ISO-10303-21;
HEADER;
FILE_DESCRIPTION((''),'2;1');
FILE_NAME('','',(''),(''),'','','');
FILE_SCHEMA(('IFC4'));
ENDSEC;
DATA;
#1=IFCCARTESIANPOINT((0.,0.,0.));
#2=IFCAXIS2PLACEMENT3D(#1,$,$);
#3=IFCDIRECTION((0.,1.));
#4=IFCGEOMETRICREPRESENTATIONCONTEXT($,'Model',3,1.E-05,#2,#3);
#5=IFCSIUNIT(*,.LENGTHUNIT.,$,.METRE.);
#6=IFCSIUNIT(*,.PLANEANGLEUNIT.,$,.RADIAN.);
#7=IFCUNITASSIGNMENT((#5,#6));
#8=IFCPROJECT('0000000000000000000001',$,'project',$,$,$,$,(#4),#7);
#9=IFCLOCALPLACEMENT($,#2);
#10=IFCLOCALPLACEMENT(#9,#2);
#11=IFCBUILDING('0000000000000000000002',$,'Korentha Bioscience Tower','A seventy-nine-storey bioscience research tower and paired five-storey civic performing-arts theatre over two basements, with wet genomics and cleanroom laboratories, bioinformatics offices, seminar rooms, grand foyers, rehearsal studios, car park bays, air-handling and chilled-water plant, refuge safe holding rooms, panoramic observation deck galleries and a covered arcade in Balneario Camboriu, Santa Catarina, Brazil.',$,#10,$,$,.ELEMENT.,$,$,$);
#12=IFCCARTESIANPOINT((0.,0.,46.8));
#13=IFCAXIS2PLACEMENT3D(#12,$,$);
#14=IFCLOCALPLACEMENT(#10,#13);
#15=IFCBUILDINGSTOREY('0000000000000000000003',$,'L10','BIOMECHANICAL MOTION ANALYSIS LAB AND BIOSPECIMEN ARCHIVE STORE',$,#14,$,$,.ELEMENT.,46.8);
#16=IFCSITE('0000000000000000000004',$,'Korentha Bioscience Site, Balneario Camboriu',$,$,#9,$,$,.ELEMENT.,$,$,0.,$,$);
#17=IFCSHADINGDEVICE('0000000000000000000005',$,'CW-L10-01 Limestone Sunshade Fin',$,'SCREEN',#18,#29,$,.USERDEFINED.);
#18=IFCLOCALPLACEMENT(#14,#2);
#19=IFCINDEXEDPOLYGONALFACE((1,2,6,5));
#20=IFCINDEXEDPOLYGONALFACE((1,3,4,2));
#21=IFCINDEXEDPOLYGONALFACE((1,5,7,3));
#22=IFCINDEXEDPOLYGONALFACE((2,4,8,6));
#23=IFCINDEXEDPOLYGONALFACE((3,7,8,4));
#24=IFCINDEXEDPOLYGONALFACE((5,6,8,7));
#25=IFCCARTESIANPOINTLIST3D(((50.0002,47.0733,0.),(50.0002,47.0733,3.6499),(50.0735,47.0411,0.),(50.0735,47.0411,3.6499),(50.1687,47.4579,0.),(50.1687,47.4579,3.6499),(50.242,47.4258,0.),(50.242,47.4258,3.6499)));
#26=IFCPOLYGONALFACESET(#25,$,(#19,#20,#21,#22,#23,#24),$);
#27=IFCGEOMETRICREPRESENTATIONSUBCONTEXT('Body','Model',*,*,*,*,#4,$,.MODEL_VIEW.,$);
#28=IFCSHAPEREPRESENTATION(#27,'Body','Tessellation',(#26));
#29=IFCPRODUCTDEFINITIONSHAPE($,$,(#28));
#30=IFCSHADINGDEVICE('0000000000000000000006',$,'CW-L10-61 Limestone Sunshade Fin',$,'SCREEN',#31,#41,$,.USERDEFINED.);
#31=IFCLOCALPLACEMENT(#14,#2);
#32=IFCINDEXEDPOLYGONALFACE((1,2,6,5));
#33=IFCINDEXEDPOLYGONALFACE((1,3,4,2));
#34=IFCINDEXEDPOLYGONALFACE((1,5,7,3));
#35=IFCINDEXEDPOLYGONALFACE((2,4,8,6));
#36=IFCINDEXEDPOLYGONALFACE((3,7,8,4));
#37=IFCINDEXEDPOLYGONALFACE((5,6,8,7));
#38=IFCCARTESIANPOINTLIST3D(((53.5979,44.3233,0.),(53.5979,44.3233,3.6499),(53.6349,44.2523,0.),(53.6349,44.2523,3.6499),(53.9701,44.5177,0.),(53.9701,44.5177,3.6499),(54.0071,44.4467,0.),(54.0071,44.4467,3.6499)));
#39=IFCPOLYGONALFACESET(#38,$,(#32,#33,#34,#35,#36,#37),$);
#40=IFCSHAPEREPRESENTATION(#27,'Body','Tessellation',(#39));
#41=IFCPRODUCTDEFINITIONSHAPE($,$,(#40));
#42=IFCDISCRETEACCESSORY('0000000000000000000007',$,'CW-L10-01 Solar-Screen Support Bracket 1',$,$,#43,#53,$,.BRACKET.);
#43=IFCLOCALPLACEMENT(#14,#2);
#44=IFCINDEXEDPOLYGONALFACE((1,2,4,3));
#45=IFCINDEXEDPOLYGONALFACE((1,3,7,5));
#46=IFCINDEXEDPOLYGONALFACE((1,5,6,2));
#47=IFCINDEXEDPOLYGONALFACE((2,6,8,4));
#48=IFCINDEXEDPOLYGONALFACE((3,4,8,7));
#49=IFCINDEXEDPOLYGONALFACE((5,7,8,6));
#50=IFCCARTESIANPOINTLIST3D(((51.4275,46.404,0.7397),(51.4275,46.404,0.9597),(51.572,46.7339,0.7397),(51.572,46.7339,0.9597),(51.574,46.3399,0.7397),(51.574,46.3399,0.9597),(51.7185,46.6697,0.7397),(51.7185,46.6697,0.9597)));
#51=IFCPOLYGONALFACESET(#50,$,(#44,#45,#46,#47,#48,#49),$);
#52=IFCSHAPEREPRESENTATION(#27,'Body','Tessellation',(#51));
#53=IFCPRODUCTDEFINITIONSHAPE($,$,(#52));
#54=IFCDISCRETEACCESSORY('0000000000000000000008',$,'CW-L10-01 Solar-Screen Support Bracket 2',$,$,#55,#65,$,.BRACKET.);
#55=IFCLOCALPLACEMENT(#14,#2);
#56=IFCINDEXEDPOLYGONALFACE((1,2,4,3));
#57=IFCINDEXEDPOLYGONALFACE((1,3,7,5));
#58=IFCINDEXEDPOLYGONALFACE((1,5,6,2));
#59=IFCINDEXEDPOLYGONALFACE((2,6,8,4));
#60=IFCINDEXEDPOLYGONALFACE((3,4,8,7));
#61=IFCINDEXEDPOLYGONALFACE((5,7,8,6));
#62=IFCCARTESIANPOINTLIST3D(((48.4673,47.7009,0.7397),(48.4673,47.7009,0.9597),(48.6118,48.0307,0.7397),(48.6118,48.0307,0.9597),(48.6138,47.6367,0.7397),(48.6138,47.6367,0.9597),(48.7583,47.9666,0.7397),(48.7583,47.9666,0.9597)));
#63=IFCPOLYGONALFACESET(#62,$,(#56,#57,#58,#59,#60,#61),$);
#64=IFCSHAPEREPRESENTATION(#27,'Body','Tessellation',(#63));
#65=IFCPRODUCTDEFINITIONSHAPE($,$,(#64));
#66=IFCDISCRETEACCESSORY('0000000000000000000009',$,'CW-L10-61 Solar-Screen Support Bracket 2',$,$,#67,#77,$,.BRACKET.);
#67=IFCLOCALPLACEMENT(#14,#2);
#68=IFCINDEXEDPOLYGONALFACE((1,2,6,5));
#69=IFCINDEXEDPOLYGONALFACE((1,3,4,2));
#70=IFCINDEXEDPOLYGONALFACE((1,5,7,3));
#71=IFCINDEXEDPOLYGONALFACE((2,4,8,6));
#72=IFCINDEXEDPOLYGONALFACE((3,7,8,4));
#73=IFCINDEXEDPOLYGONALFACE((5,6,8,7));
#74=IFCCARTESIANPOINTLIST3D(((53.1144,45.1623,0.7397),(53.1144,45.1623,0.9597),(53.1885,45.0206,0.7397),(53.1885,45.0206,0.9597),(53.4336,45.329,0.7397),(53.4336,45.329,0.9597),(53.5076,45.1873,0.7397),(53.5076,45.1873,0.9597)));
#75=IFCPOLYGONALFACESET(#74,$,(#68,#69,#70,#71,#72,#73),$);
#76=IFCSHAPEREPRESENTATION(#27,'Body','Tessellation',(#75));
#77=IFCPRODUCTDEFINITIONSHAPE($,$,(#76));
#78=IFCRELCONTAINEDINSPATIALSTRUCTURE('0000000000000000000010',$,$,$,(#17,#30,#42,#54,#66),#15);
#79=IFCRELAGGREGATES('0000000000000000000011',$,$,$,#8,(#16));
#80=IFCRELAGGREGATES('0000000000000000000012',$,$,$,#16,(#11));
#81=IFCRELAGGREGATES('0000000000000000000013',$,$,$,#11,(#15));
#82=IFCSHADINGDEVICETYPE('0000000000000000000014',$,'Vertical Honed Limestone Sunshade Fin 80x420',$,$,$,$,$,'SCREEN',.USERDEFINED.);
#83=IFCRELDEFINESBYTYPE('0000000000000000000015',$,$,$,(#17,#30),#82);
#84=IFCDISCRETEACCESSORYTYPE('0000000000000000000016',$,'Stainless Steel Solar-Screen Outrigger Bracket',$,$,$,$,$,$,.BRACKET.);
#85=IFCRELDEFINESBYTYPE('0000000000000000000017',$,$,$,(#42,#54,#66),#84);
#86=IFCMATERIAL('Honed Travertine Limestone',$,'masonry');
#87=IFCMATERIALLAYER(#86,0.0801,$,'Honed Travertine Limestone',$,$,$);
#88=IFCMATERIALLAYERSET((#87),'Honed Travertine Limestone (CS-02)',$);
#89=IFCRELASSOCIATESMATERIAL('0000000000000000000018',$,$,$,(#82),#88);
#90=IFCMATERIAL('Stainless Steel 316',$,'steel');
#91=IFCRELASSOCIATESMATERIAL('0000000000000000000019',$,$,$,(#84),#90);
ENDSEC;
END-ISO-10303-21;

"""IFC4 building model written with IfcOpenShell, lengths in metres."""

from ifc_helpers import new_model, si_unit, direction, frame, origin, origin_2d, place, context, subcontext, project, spatial, rectangle, extrude, material, layer, layer_set, type_object, element, save


model = new_model("IFC4")

# Units and contexts
model_context = context("Model", 3, precision=1e-05, world=origin(), true_north=direction((0.0, 1.0)))
body_context = subcontext(model_context, "Body", "Model", "MODEL_VIEW")
ifc_project = project(units=[si_unit("LENGTHUNIT", "METRE"), si_unit("PLANEANGLEUNIT", "RADIAN")], contexts=[model_context])

# Site, building, storey
site_placement = place(None, origin())
site = spatial("IfcSite", under=ifc_project, at=site_placement, Name="Korentha Bioscience Site, Balneario Camboriu", CompositionType="ELEMENT", RefElevation=0.0)
building_placement = place(site_placement, origin())
building = spatial("IfcBuilding", under=site, at=building_placement, Name="Korentha Bioscience Tower", Description="A seventy-nine-storey bioscience research tower and paired five-storey civic performing-arts theatre over two basements, with wet genomics and cleanroom laboratories, bioinformatics offices, seminar rooms, grand foyers, rehearsal studios, car park bays, air-handling and chilled-water plant, refuge safe holding rooms, panoramic observation deck galleries and a covered arcade in Balneario Camboriu, Santa Catarina, Brazil.", CompositionType="ELEMENT")
storey_placement = place(building_placement, frame((0.0, 0.0, 46.8)))
storey = spatial("IfcBuildingStorey", under=building, at=storey_placement, Name="L10", Description="BIOMECHANICAL MOTION ANALYSIS LAB AND BIOSPECIMEN ARCHIVE STORE", CompositionType="ELEMENT", Elevation=46.8)

# Shading devices
ifc_material_1 = material(Name="Honed Travertine Limestone", Category="masonry")
ifc_layer_1 = layer(ifc_material_1, 0.0801, Name="Honed Travertine Limestone")
ifc_layer_set_1 = layer_set([ifc_layer_1], Name="Honed Travertine Limestone (CS-02)")
shading_device_type_1 = type_object("IfcShadingDeviceType", Name="Vertical Honed Limestone Sunshade Fin 80x420", ElementType="SCREEN", PredefinedType="USERDEFINED", material=ifc_layer_set_1)
for number, where, z_axis, x_axis, name in (
    (1, (50.1211, 47.2495, 0.0), (0.0, 0.0, 1.0), (-0.915939, 0.401317, 0.0), "CW-L10-01 Limestone Sunshade Fin"),
    (2, (53.8025, 44.385, 0.0), (0.0, 0.0, 1.0), (-0.463009, 0.886354, 0.0), "CW-L10-61 Limestone Sunshade Fin"),
):
    element("IfcShadingDevice", number, at=place(storey_placement, frame(where, z_axis=z_axis, x_axis=x_axis)), inside=storey, type_object=shading_device_type_1, Name=name, ObjectType="SCREEN", PredefinedType="USERDEFINED", context=body_context, shape_type="SweptSolid", body=[
        extrude(rectangle(XDim=0.0801, YDim=0.4199, at=origin_2d()), origin(), (0.0, 0.0, 1.0), 3.6499),
    ])

# Discrete accessories
ifc_material_2 = material(Name="Stainless Steel 316", Category="steel")
discrete_accessory_type = type_object("IfcDiscreteAccessoryType", Name="Stainless Steel Solar-Screen Outrigger Bracket", PredefinedType="BRACKET", material=ifc_material_2)
for number, where, z_axis, x_axis, name in (
    (3, (51.573, 46.5369, 0.7397), (0.0, 0.0, 1.0), (-0.915939, 0.401317, 0.0), "CW-L10-01 Solar-Screen Support Bracket 1"),
    (4, (48.6128, 47.8337, 0.7397), (0.0, 0.0, 1.0), (-0.915939, 0.401317, 0.0), "CW-L10-01 Solar-Screen Support Bracket 2"),
    (5, (53.311, 45.1748, 0.7397), (0.0, 0.0, 1.0), (-0.463009, 0.886354, 0.0), "CW-L10-61 Solar-Screen Support Bracket 2"),
):
    element("IfcDiscreteAccessory", number, at=place(storey_placement, frame(where, z_axis=z_axis, x_axis=x_axis)), inside=storey, type_object=discrete_accessory_type, Name=name, PredefinedType="BRACKET", context=body_context, shape_type="SweptSolid", body=[
        extrude(rectangle(XDim=0.1599, YDim=0.3601, at=origin_2d()), origin(), (0.0, 0.0, 1.0), 0.22),
    ])

save(model, "model.ifc")
